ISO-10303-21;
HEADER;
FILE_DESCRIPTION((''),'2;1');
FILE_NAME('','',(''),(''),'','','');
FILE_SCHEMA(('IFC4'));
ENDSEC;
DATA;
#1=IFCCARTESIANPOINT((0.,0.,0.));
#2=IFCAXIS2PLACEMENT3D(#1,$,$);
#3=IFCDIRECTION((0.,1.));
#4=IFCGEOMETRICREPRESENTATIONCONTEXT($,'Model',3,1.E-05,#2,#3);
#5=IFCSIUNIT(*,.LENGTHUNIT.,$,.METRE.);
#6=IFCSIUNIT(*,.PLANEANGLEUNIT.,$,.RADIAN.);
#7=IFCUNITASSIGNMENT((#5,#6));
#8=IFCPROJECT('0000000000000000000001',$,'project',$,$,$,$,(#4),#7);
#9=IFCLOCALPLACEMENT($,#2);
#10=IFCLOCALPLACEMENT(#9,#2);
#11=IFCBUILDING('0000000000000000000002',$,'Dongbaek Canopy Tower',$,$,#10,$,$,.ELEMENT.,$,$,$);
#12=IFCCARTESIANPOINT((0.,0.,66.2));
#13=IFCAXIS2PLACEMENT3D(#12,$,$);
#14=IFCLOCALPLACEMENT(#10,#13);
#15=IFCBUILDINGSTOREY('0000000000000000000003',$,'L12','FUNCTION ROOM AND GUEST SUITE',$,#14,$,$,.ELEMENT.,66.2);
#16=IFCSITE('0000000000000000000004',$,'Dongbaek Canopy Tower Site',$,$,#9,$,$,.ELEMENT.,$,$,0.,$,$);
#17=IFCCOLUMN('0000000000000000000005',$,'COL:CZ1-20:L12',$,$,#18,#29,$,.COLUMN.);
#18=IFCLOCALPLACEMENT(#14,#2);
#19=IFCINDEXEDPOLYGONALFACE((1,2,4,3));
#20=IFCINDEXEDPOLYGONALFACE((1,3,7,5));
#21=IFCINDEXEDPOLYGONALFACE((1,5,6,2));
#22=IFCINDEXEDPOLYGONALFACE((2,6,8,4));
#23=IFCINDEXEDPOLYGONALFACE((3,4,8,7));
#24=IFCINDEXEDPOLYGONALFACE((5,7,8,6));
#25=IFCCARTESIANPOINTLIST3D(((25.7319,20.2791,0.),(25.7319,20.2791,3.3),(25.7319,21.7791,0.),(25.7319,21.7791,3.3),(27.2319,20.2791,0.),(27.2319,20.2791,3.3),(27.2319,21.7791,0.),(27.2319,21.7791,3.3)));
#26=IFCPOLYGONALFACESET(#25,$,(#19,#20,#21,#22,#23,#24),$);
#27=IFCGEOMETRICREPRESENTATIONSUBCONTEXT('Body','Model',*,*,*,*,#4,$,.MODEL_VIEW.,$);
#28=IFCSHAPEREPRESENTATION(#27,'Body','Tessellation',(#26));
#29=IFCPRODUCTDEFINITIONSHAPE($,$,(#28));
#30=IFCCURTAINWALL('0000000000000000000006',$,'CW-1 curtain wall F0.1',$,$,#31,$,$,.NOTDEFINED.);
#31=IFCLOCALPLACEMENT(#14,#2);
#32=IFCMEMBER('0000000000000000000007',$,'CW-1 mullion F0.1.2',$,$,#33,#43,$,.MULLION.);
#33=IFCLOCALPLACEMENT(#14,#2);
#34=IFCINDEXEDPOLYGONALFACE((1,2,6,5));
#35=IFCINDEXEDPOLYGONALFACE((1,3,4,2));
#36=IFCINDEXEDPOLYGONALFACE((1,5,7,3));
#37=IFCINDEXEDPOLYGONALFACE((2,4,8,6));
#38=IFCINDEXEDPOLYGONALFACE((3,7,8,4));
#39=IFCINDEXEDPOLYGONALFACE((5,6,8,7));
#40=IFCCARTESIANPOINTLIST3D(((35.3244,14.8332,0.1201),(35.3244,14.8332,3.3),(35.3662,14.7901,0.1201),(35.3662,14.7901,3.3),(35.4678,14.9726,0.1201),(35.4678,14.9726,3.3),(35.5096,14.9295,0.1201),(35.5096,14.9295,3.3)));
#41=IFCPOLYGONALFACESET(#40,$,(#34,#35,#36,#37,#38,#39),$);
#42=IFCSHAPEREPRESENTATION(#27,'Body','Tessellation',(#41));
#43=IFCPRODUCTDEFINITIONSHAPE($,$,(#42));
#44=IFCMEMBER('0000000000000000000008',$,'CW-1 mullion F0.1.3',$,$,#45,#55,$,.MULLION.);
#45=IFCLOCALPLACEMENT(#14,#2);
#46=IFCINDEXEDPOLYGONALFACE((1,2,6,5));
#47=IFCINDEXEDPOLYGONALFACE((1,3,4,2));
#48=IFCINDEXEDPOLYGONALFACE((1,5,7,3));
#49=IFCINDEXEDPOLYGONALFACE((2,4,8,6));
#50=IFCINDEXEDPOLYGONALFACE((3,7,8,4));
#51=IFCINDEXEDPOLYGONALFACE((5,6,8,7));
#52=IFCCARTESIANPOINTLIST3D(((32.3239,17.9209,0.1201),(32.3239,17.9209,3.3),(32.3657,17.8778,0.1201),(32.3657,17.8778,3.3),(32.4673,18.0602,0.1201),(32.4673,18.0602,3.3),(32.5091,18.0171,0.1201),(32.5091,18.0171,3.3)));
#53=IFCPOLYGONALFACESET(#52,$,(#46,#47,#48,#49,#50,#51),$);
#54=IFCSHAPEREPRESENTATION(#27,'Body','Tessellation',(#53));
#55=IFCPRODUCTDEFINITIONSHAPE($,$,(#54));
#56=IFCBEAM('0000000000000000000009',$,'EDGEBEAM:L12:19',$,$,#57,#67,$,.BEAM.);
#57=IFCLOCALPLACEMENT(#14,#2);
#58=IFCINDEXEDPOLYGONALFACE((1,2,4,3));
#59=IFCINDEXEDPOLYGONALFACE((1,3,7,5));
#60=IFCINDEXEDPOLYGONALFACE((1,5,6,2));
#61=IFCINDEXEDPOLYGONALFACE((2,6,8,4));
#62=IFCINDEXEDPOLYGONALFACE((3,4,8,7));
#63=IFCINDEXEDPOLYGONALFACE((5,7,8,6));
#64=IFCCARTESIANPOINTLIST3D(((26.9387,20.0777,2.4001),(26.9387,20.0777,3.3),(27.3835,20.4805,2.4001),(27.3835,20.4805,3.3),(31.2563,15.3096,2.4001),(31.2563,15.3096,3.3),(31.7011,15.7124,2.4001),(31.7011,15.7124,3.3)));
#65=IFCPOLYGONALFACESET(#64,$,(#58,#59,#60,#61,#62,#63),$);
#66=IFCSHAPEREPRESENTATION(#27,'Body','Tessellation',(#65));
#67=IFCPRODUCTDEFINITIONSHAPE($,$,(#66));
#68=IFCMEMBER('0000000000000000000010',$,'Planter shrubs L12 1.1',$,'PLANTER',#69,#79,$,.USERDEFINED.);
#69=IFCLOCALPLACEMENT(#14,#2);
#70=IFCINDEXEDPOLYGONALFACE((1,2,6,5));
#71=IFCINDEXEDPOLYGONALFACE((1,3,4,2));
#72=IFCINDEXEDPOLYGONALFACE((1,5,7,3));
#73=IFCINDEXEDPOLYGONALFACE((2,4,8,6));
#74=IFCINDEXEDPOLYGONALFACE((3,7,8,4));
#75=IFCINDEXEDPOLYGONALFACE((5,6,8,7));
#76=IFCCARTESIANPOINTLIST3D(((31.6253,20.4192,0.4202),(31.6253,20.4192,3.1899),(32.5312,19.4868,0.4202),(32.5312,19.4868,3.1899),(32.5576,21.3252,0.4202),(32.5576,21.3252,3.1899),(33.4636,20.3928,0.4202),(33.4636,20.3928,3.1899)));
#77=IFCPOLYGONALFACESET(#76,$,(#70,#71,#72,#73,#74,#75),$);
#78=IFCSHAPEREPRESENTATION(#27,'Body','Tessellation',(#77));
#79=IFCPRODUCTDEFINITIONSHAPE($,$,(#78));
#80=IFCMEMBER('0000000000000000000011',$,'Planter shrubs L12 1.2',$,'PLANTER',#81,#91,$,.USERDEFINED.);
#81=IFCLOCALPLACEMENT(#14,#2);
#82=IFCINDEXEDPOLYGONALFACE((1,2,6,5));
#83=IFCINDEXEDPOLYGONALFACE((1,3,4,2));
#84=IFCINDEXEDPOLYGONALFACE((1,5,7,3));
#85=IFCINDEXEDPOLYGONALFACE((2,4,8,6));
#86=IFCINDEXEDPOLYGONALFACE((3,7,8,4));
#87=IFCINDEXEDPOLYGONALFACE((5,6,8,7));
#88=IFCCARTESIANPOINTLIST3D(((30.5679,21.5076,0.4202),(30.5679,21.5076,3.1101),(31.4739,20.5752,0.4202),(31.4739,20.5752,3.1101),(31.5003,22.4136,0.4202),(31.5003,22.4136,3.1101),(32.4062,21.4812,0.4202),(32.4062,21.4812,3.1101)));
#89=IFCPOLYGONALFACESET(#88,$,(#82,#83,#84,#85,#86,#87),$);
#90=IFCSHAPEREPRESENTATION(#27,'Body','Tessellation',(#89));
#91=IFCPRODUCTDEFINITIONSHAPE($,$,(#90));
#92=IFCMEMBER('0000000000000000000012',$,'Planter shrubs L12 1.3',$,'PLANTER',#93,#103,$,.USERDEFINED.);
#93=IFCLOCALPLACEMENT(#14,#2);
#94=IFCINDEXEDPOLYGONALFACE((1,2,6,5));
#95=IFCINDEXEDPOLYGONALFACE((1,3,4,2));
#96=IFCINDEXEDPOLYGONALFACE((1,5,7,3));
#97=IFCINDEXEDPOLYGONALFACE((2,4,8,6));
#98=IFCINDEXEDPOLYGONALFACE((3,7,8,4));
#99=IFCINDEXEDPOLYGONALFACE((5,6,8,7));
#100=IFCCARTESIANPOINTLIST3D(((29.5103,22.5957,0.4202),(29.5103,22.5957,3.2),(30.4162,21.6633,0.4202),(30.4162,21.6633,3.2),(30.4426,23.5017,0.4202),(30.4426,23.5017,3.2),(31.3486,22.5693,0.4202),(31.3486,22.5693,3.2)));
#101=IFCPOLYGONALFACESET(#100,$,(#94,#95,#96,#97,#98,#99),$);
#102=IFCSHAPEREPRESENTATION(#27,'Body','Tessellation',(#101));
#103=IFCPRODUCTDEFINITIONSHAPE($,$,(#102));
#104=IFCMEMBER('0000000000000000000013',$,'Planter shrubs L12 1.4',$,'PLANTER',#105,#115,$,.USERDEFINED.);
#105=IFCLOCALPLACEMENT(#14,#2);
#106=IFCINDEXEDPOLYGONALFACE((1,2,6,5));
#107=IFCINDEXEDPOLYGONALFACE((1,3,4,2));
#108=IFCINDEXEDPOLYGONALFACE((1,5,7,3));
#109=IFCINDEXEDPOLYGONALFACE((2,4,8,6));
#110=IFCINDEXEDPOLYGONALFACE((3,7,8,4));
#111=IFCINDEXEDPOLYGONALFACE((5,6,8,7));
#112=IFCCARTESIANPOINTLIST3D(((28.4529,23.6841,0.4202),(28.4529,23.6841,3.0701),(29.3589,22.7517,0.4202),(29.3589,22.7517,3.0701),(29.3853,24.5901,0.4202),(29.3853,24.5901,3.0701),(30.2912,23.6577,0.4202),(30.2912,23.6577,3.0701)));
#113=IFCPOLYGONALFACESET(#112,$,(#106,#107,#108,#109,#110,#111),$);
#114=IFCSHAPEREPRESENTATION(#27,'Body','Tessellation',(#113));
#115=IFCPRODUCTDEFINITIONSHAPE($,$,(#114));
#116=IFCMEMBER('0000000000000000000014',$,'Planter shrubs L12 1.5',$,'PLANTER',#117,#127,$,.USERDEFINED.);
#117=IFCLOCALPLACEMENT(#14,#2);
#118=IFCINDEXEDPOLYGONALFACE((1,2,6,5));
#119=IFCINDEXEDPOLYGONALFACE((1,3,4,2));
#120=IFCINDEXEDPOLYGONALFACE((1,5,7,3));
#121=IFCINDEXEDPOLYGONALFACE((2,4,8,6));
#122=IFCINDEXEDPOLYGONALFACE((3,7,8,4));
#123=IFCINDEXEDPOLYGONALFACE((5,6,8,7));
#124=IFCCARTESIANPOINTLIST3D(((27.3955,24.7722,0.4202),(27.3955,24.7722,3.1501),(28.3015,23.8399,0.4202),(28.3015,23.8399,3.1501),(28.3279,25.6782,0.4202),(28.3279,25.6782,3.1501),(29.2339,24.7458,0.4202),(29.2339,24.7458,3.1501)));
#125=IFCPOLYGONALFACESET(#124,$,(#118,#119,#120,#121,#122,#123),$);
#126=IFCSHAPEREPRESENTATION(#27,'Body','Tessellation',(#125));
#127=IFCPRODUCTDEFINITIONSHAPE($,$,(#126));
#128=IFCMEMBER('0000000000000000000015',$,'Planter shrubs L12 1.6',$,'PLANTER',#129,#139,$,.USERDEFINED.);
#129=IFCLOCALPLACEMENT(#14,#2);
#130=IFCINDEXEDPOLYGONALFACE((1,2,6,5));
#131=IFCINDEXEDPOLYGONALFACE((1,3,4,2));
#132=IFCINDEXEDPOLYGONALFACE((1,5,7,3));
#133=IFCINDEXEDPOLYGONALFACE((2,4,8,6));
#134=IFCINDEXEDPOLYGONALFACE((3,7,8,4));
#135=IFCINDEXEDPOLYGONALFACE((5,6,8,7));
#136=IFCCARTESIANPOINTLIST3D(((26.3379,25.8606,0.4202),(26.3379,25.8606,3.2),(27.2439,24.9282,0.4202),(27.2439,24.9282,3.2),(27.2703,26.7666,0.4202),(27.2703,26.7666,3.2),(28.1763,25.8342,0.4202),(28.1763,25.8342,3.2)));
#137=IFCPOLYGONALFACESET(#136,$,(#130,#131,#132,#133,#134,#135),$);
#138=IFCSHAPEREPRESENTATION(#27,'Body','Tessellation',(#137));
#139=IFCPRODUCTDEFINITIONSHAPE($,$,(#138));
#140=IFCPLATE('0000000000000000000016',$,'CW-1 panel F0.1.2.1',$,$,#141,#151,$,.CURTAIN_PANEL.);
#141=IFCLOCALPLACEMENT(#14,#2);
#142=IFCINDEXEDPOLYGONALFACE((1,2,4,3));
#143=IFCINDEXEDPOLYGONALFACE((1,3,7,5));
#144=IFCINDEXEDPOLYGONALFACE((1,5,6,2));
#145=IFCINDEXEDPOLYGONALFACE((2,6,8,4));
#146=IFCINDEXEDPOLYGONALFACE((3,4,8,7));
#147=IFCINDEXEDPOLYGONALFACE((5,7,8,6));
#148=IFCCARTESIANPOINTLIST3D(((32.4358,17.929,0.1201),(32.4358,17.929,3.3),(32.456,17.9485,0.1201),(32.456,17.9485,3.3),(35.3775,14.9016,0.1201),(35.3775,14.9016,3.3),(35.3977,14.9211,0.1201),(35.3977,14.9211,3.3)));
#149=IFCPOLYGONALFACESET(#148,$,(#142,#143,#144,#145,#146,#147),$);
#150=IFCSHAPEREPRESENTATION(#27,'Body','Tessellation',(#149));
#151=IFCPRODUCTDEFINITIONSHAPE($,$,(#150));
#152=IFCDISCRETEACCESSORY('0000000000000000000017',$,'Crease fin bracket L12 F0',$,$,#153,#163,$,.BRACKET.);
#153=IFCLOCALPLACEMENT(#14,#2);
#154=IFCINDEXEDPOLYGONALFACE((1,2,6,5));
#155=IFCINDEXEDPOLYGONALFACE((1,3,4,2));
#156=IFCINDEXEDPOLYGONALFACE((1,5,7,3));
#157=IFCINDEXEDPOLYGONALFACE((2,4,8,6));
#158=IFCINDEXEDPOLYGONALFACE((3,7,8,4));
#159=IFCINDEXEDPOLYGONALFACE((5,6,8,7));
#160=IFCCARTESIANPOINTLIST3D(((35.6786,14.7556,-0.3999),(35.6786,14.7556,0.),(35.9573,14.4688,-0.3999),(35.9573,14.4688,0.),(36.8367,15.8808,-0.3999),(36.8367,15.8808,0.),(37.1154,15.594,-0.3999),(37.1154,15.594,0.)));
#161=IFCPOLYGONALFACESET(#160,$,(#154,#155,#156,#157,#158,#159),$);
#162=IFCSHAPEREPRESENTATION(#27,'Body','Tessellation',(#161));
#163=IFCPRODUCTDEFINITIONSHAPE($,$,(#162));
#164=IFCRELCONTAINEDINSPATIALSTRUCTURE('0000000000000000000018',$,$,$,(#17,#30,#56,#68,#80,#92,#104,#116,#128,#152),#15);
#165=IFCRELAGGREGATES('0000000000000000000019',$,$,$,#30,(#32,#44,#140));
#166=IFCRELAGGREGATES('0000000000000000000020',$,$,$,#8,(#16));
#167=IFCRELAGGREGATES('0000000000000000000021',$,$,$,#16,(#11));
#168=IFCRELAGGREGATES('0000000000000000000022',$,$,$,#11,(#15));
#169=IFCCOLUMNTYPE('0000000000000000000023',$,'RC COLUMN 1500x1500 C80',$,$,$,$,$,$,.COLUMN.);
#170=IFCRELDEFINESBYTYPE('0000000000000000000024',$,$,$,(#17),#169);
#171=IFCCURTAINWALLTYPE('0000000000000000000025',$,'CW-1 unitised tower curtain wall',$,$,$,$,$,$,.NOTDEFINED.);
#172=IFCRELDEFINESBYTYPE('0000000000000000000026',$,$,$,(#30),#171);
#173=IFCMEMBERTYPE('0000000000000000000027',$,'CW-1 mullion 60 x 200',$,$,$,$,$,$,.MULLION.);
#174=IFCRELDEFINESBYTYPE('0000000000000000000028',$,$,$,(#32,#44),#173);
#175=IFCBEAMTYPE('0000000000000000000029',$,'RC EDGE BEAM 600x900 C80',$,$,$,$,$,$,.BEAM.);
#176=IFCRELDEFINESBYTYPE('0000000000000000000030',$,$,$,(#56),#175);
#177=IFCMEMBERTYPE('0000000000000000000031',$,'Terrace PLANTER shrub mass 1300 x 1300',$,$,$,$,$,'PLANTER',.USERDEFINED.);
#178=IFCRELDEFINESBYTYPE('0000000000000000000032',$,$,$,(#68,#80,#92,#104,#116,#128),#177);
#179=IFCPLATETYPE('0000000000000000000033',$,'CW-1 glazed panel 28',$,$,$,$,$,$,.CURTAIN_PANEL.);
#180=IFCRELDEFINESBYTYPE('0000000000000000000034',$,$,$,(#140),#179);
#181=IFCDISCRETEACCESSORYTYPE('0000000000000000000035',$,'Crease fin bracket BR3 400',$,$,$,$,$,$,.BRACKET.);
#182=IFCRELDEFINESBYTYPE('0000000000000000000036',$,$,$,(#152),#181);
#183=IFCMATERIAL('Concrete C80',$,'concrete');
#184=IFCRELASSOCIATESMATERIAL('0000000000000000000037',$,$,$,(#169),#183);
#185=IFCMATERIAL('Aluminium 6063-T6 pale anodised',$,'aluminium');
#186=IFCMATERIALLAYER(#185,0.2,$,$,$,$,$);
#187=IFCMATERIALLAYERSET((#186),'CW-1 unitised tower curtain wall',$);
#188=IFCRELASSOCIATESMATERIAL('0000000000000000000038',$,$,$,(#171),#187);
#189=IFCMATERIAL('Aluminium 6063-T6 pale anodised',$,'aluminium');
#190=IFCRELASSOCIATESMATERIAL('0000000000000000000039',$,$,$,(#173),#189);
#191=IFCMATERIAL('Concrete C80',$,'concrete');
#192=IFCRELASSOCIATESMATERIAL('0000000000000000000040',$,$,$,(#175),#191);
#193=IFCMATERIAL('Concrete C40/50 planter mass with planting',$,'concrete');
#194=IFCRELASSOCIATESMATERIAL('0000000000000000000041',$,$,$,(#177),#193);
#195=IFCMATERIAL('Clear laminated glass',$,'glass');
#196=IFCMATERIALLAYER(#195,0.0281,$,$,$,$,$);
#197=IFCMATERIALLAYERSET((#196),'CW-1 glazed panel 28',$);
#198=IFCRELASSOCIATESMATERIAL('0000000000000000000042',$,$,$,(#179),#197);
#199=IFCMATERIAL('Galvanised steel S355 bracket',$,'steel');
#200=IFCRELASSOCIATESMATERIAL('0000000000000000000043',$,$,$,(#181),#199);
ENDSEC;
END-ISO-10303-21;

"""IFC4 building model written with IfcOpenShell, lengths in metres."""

from ifc_helpers import new_model, si_unit, direction, frame, origin, origin_2d, place, context, subcontext, project, spatial, rectangle, extrude, material, layer, layer_set, material_profile, profile_set, type_object, element, aggregate, save


model = new_model("IFC4")

# Units and contexts
model_context = context("Model", 3, precision=1e-05, world=origin(), true_north=direction((0.0, 1.0)))
body_context = subcontext(model_context, "Body", "Model", "MODEL_VIEW")
ifc_project = project(units=[si_unit("LENGTHUNIT", "METRE"), si_unit("PLANEANGLEUNIT", "RADIAN")], contexts=[model_context])

# Site, building, storey
site_placement = place(None, origin())
site = spatial("IfcSite", under=ifc_project, at=site_placement, Name="Dongbaek Canopy Tower Site", CompositionType="ELEMENT", RefElevation=0.0)
building_placement = place(site_placement, origin())
building = spatial("IfcBuilding", under=site, at=building_placement, Name="Dongbaek Canopy Tower", CompositionType="ELEMENT")
storey_placement = place(building_placement, frame((0.0, 0.0, 66.2)))
storey = spatial("IfcBuildingStorey", under=building, at=storey_placement, Name="L12", Description="FUNCTION ROOM AND GUEST SUITE", CompositionType="ELEMENT", Elevation=66.2)

# Column
ifc_material_1 = material(Name="Concrete C80", Category="concrete")
ifc_material_profile_1 = material_profile(ifc_material_1, rectangle(XDim=1.5, YDim=1.5, at=origin_2d()), Name="RC COLUMN 1500x1500 C80")
ifc_profile_set_1 = profile_set([ifc_material_profile_1], Name="Concrete C80")
column_type = type_object("IfcColumnType", Name="RC COLUMN 1500x1500 C80", PredefinedType="COLUMN", material=ifc_profile_set_1)
column_placement = place(storey_placement, frame((26.4819, 21.0291, 0.0), z_axis=(0.0, 0.0, 1.0), x_axis=(1.0, 0.0, 0.0)))
element("IfcColumn", 1, at=column_placement, inside=storey, type_object=column_type, Name="COL:CZ1-20:L12", PredefinedType="COLUMN", context=body_context, shape_type="SweptSolid", body=[
    extrude(rectangle(XDim=1.5, YDim=1.5, at=origin_2d()), origin(), (0.0, 0.0, 1.0), 3.3),
])

# Curtain wall, members
ifc_material_2 = material(Name="Aluminium 6063-T6 pale anodised", Category="aluminium")
ifc_layer_1 = layer(ifc_material_2, 0.2)
ifc_layer_set_1 = layer_set([ifc_layer_1], Name="CW-1 unitised tower curtain wall")
curtain_wall_type = type_object("IfcCurtainWallType", Name="CW-1 unitised tower curtain wall", PredefinedType="NOTDEFINED", material=ifc_layer_set_1)
curtain_wall_placement = place(storey_placement, origin())
curtain_wall = element("IfcCurtainWall", 2, at=curtain_wall_placement, inside=storey, type_object=curtain_wall_type, Name="CW-1 curtain wall F0.1", PredefinedType="NOTDEFINED")
ifc_material_3 = material(Name="Aluminium 6063-T6 pale anodised", Category="aluminium")
ifc_material_profile_2 = material_profile(ifc_material_3, rectangle(XDim=0.2, YDim=0.0601, at=origin_2d()), Name="CW-1 mullion 60 x 200")
ifc_profile_set_2 = profile_set([ifc_material_profile_2], Name="Aluminium 6063-T6 pale anodised")
member_type_1 = type_object("IfcMemberType", Name="CW-1 mullion 60 x 200", PredefinedType="MULLION", material=ifc_profile_set_2)
member_1_placement = place(storey_placement, frame((35.417, 14.8813, 0.1201), z_axis=(0.0, 0.0, 1.0), x_axis=(0.717186, 0.696882, 0.0)))
member_1 = element("IfcMember", 3, at=member_1_placement, type_object=member_type_1, Name="CW-1 mullion F0.1.2", PredefinedType="MULLION", context=body_context, shape_type="SweptSolid", body=[
    extrude(rectangle(XDim=0.2, YDim=0.0601, at=origin_2d()), origin(), (0.0, 0.0, 1.0), 3.1799),
])
member_2_placement = place(storey_placement, frame((32.4165, 17.969, 0.1201), z_axis=(0.0, 0.0, 1.0), x_axis=(0.717186, 0.696882, 0.0)))
member_2 = element("IfcMember", 4, at=member_2_placement, type_object=member_type_1, Name="CW-1 mullion F0.1.3", PredefinedType="MULLION", context=body_context, shape_type="SweptSolid", body=[
    extrude(rectangle(XDim=0.2, YDim=0.0601, at=origin_2d()), origin(), (0.0, 0.0, 1.0), 3.1799),
])

# Beam
ifc_material_4 = material(Name="Concrete C80", Category="concrete")
ifc_material_profile_3 = material_profile(ifc_material_4, rectangle(XDim=0.6001, YDim=0.8999, at=origin_2d()), Name="RC EDGE BEAM 600x900 C80")
ifc_profile_set_3 = profile_set([ifc_material_profile_3], Name="Concrete C80")
beam_type = type_object("IfcBeamType", Name="RC EDGE BEAM 600x900 C80", PredefinedType="BEAM", material=ifc_profile_set_3)
beam_placement = place(storey_placement, frame((27.1611, 20.2791, 2.8501), z_axis=(0.671226, -0.741252, 0.0), x_axis=(0.741252, 0.671226, 0.0)))
element("IfcBeam", 5, at=beam_placement, inside=storey, type_object=beam_type, Name="EDGEBEAM:L12:19", PredefinedType="BEAM", context=body_context, shape_type="SweptSolid", body=[
    extrude(rectangle(XDim=0.6001, YDim=0.8999, at=origin_2d()), origin(), (0.0, 0.0, 1.0), 6.4324),
])

# Members
ifc_material_5 = material(Name="Concrete C40/50 planter mass with planting", Category="concrete")
ifc_material_profile_4 = material_profile(ifc_material_5, rectangle(XDim=1.3, YDim=1.3, at=origin_2d()), Name="Terrace PLANTER shrub mass 1300 x 1300")
ifc_profile_set_4 = profile_set([ifc_material_profile_4], Name="Concrete C40/50 planter mass with planting")
member_type_2 = type_object("IfcMemberType", Name="Terrace PLANTER shrub mass 1300 x 1300", ElementType="PLANTER", PredefinedType="USERDEFINED", material=ifc_profile_set_4)
member_3_placement = place(storey_placement, frame((32.5444, 20.406, 0.4202), z_axis=(0.0, 0.0, 1.0), x_axis=(0.717186, 0.696882, 0.0)))
element("IfcMember", 6, at=member_3_placement, inside=storey, type_object=member_type_2, Name="Planter shrubs L12 1.1", ObjectType="PLANTER", PredefinedType="USERDEFINED", context=body_context, shape_type="SweptSolid", body=[
    extrude(rectangle(XDim=1.3, YDim=1.3, at=origin_2d()), origin(), (0.0, 0.0, 1.0), 2.7698),
])
member_4_placement = place(storey_placement, frame((31.4871, 21.4944, 0.4202), z_axis=(0.0, 0.0, 1.0), x_axis=(0.717186, 0.696882, 0.0)))
element("IfcMember", 7, at=member_4_placement, inside=storey, type_object=member_type_2, Name="Planter shrubs L12 1.2", ObjectType="PLANTER", PredefinedType="USERDEFINED", context=body_context, shape_type="SweptSolid", body=[
    extrude(rectangle(XDim=1.3, YDim=1.3, at=origin_2d()), origin(), (0.0, 0.0, 1.0), 2.6899),
])
member_5_placement = place(storey_placement, frame((30.4294, 22.5825, 0.4202), z_axis=(0.0, 0.0, 1.0), x_axis=(0.717186, 0.696882, 0.0)))
element("IfcMember", 8, at=member_5_placement, inside=storey, type_object=member_type_2, Name="Planter shrubs L12 1.3", ObjectType="PLANTER", PredefinedType="USERDEFINED", context=body_context, shape_type="SweptSolid", body=[
    extrude(rectangle(XDim=1.3, YDim=1.3, at=origin_2d()), origin(), (0.0, 0.0, 1.0), 2.7798),
])
member_6_placement = place(storey_placement, frame((29.3721, 23.6709, 0.4202), z_axis=(0.0, 0.0, 1.0), x_axis=(0.717186, 0.696882, 0.0)))
element("IfcMember", 9, at=member_6_placement, inside=storey, type_object=member_type_2, Name="Planter shrubs L12 1.4", ObjectType="PLANTER", PredefinedType="USERDEFINED", context=body_context, shape_type="SweptSolid", body=[
    extrude(rectangle(XDim=1.3, YDim=1.3, at=origin_2d()), origin(), (0.0, 0.0, 1.0), 2.6499),
])
member_7_placement = place(storey_placement, frame((28.3147, 24.759, 0.4202), z_axis=(0.0, 0.0, 1.0), x_axis=(0.717186, 0.696882, 0.0)))
element("IfcMember", 10, at=member_7_placement, inside=storey, type_object=member_type_2, Name="Planter shrubs L12 1.5", ObjectType="PLANTER", PredefinedType="USERDEFINED", context=body_context, shape_type="SweptSolid", body=[
    extrude(rectangle(XDim=1.3, YDim=1.3, at=origin_2d()), origin(), (0.0, 0.0, 1.0), 2.73),
])
member_8_placement = place(storey_placement, frame((27.2571, 25.8474, 0.4202), z_axis=(0.0, 0.0, 1.0), x_axis=(0.717186, 0.696882, 0.0)))
element("IfcMember", 11, at=member_8_placement, inside=storey, type_object=member_type_2, Name="Planter shrubs L12 1.6", ObjectType="PLANTER", PredefinedType="USERDEFINED", context=body_context, shape_type="SweptSolid", body=[
    extrude(rectangle(XDim=1.3, YDim=1.3, at=origin_2d()), origin(), (0.0, 0.0, 1.0), 2.7798),
])

# Plate
ifc_material_6 = material(Name="Clear laminated glass", Category="glass")
ifc_layer_2 = layer(ifc_material_6, 0.0281)
ifc_layer_set_2 = layer_set([ifc_layer_2], Name="CW-1 glazed panel 28")
plate_type = type_object("IfcPlateType", Name="CW-1 glazed panel 28", PredefinedType="CURTAIN_PANEL", material=ifc_layer_set_2)
plate_placement = place(storey_placement, frame((33.9167, 16.425, 0.1201), z_axis=(0.0, 0.0, 1.0), x_axis=(-0.696882, 0.717186, 0.0)))
plate = element("IfcPlate", 12, at=plate_placement, type_object=plate_type, Name="CW-1 panel F0.1.2.1", PredefinedType="CURTAIN_PANEL", context=body_context, shape_type="SweptSolid", body=[
    extrude(rectangle(XDim=4.2212, YDim=0.0281, at=origin_2d()), origin(), (0.0, 0.0, 1.0), 3.1799),
])
aggregate(curtain_wall, [member_1, member_2, plate])

# Discrete accessory
ifc_material_7 = material(Name="Galvanised steel S355 bracket", Category="steel")
discrete_accessory_type = type_object("IfcDiscreteAccessoryType", Name="Crease fin bracket BR3 400", PredefinedType="BRACKET", material=ifc_material_7)
discrete_accessory_placement = place(storey_placement, frame((36.397, 15.1748, -0.3999), z_axis=(0.0, 0.0, 1.0), x_axis=(0.717187, 0.696881, 0.0)))
element("IfcDiscreteAccessory", 13, at=discrete_accessory_placement, inside=storey, type_object=discrete_accessory_type, Name="Crease fin bracket L12 F0", PredefinedType="BRACKET", context=body_context, shape_type="SweptSolid", body=[
    extrude(rectangle(XDim=1.6147, YDim=0.3999, at=origin_2d()), origin(), (0.0, 0.0, 1.0), 0.3999),
])

save(model, "model.ifc")
